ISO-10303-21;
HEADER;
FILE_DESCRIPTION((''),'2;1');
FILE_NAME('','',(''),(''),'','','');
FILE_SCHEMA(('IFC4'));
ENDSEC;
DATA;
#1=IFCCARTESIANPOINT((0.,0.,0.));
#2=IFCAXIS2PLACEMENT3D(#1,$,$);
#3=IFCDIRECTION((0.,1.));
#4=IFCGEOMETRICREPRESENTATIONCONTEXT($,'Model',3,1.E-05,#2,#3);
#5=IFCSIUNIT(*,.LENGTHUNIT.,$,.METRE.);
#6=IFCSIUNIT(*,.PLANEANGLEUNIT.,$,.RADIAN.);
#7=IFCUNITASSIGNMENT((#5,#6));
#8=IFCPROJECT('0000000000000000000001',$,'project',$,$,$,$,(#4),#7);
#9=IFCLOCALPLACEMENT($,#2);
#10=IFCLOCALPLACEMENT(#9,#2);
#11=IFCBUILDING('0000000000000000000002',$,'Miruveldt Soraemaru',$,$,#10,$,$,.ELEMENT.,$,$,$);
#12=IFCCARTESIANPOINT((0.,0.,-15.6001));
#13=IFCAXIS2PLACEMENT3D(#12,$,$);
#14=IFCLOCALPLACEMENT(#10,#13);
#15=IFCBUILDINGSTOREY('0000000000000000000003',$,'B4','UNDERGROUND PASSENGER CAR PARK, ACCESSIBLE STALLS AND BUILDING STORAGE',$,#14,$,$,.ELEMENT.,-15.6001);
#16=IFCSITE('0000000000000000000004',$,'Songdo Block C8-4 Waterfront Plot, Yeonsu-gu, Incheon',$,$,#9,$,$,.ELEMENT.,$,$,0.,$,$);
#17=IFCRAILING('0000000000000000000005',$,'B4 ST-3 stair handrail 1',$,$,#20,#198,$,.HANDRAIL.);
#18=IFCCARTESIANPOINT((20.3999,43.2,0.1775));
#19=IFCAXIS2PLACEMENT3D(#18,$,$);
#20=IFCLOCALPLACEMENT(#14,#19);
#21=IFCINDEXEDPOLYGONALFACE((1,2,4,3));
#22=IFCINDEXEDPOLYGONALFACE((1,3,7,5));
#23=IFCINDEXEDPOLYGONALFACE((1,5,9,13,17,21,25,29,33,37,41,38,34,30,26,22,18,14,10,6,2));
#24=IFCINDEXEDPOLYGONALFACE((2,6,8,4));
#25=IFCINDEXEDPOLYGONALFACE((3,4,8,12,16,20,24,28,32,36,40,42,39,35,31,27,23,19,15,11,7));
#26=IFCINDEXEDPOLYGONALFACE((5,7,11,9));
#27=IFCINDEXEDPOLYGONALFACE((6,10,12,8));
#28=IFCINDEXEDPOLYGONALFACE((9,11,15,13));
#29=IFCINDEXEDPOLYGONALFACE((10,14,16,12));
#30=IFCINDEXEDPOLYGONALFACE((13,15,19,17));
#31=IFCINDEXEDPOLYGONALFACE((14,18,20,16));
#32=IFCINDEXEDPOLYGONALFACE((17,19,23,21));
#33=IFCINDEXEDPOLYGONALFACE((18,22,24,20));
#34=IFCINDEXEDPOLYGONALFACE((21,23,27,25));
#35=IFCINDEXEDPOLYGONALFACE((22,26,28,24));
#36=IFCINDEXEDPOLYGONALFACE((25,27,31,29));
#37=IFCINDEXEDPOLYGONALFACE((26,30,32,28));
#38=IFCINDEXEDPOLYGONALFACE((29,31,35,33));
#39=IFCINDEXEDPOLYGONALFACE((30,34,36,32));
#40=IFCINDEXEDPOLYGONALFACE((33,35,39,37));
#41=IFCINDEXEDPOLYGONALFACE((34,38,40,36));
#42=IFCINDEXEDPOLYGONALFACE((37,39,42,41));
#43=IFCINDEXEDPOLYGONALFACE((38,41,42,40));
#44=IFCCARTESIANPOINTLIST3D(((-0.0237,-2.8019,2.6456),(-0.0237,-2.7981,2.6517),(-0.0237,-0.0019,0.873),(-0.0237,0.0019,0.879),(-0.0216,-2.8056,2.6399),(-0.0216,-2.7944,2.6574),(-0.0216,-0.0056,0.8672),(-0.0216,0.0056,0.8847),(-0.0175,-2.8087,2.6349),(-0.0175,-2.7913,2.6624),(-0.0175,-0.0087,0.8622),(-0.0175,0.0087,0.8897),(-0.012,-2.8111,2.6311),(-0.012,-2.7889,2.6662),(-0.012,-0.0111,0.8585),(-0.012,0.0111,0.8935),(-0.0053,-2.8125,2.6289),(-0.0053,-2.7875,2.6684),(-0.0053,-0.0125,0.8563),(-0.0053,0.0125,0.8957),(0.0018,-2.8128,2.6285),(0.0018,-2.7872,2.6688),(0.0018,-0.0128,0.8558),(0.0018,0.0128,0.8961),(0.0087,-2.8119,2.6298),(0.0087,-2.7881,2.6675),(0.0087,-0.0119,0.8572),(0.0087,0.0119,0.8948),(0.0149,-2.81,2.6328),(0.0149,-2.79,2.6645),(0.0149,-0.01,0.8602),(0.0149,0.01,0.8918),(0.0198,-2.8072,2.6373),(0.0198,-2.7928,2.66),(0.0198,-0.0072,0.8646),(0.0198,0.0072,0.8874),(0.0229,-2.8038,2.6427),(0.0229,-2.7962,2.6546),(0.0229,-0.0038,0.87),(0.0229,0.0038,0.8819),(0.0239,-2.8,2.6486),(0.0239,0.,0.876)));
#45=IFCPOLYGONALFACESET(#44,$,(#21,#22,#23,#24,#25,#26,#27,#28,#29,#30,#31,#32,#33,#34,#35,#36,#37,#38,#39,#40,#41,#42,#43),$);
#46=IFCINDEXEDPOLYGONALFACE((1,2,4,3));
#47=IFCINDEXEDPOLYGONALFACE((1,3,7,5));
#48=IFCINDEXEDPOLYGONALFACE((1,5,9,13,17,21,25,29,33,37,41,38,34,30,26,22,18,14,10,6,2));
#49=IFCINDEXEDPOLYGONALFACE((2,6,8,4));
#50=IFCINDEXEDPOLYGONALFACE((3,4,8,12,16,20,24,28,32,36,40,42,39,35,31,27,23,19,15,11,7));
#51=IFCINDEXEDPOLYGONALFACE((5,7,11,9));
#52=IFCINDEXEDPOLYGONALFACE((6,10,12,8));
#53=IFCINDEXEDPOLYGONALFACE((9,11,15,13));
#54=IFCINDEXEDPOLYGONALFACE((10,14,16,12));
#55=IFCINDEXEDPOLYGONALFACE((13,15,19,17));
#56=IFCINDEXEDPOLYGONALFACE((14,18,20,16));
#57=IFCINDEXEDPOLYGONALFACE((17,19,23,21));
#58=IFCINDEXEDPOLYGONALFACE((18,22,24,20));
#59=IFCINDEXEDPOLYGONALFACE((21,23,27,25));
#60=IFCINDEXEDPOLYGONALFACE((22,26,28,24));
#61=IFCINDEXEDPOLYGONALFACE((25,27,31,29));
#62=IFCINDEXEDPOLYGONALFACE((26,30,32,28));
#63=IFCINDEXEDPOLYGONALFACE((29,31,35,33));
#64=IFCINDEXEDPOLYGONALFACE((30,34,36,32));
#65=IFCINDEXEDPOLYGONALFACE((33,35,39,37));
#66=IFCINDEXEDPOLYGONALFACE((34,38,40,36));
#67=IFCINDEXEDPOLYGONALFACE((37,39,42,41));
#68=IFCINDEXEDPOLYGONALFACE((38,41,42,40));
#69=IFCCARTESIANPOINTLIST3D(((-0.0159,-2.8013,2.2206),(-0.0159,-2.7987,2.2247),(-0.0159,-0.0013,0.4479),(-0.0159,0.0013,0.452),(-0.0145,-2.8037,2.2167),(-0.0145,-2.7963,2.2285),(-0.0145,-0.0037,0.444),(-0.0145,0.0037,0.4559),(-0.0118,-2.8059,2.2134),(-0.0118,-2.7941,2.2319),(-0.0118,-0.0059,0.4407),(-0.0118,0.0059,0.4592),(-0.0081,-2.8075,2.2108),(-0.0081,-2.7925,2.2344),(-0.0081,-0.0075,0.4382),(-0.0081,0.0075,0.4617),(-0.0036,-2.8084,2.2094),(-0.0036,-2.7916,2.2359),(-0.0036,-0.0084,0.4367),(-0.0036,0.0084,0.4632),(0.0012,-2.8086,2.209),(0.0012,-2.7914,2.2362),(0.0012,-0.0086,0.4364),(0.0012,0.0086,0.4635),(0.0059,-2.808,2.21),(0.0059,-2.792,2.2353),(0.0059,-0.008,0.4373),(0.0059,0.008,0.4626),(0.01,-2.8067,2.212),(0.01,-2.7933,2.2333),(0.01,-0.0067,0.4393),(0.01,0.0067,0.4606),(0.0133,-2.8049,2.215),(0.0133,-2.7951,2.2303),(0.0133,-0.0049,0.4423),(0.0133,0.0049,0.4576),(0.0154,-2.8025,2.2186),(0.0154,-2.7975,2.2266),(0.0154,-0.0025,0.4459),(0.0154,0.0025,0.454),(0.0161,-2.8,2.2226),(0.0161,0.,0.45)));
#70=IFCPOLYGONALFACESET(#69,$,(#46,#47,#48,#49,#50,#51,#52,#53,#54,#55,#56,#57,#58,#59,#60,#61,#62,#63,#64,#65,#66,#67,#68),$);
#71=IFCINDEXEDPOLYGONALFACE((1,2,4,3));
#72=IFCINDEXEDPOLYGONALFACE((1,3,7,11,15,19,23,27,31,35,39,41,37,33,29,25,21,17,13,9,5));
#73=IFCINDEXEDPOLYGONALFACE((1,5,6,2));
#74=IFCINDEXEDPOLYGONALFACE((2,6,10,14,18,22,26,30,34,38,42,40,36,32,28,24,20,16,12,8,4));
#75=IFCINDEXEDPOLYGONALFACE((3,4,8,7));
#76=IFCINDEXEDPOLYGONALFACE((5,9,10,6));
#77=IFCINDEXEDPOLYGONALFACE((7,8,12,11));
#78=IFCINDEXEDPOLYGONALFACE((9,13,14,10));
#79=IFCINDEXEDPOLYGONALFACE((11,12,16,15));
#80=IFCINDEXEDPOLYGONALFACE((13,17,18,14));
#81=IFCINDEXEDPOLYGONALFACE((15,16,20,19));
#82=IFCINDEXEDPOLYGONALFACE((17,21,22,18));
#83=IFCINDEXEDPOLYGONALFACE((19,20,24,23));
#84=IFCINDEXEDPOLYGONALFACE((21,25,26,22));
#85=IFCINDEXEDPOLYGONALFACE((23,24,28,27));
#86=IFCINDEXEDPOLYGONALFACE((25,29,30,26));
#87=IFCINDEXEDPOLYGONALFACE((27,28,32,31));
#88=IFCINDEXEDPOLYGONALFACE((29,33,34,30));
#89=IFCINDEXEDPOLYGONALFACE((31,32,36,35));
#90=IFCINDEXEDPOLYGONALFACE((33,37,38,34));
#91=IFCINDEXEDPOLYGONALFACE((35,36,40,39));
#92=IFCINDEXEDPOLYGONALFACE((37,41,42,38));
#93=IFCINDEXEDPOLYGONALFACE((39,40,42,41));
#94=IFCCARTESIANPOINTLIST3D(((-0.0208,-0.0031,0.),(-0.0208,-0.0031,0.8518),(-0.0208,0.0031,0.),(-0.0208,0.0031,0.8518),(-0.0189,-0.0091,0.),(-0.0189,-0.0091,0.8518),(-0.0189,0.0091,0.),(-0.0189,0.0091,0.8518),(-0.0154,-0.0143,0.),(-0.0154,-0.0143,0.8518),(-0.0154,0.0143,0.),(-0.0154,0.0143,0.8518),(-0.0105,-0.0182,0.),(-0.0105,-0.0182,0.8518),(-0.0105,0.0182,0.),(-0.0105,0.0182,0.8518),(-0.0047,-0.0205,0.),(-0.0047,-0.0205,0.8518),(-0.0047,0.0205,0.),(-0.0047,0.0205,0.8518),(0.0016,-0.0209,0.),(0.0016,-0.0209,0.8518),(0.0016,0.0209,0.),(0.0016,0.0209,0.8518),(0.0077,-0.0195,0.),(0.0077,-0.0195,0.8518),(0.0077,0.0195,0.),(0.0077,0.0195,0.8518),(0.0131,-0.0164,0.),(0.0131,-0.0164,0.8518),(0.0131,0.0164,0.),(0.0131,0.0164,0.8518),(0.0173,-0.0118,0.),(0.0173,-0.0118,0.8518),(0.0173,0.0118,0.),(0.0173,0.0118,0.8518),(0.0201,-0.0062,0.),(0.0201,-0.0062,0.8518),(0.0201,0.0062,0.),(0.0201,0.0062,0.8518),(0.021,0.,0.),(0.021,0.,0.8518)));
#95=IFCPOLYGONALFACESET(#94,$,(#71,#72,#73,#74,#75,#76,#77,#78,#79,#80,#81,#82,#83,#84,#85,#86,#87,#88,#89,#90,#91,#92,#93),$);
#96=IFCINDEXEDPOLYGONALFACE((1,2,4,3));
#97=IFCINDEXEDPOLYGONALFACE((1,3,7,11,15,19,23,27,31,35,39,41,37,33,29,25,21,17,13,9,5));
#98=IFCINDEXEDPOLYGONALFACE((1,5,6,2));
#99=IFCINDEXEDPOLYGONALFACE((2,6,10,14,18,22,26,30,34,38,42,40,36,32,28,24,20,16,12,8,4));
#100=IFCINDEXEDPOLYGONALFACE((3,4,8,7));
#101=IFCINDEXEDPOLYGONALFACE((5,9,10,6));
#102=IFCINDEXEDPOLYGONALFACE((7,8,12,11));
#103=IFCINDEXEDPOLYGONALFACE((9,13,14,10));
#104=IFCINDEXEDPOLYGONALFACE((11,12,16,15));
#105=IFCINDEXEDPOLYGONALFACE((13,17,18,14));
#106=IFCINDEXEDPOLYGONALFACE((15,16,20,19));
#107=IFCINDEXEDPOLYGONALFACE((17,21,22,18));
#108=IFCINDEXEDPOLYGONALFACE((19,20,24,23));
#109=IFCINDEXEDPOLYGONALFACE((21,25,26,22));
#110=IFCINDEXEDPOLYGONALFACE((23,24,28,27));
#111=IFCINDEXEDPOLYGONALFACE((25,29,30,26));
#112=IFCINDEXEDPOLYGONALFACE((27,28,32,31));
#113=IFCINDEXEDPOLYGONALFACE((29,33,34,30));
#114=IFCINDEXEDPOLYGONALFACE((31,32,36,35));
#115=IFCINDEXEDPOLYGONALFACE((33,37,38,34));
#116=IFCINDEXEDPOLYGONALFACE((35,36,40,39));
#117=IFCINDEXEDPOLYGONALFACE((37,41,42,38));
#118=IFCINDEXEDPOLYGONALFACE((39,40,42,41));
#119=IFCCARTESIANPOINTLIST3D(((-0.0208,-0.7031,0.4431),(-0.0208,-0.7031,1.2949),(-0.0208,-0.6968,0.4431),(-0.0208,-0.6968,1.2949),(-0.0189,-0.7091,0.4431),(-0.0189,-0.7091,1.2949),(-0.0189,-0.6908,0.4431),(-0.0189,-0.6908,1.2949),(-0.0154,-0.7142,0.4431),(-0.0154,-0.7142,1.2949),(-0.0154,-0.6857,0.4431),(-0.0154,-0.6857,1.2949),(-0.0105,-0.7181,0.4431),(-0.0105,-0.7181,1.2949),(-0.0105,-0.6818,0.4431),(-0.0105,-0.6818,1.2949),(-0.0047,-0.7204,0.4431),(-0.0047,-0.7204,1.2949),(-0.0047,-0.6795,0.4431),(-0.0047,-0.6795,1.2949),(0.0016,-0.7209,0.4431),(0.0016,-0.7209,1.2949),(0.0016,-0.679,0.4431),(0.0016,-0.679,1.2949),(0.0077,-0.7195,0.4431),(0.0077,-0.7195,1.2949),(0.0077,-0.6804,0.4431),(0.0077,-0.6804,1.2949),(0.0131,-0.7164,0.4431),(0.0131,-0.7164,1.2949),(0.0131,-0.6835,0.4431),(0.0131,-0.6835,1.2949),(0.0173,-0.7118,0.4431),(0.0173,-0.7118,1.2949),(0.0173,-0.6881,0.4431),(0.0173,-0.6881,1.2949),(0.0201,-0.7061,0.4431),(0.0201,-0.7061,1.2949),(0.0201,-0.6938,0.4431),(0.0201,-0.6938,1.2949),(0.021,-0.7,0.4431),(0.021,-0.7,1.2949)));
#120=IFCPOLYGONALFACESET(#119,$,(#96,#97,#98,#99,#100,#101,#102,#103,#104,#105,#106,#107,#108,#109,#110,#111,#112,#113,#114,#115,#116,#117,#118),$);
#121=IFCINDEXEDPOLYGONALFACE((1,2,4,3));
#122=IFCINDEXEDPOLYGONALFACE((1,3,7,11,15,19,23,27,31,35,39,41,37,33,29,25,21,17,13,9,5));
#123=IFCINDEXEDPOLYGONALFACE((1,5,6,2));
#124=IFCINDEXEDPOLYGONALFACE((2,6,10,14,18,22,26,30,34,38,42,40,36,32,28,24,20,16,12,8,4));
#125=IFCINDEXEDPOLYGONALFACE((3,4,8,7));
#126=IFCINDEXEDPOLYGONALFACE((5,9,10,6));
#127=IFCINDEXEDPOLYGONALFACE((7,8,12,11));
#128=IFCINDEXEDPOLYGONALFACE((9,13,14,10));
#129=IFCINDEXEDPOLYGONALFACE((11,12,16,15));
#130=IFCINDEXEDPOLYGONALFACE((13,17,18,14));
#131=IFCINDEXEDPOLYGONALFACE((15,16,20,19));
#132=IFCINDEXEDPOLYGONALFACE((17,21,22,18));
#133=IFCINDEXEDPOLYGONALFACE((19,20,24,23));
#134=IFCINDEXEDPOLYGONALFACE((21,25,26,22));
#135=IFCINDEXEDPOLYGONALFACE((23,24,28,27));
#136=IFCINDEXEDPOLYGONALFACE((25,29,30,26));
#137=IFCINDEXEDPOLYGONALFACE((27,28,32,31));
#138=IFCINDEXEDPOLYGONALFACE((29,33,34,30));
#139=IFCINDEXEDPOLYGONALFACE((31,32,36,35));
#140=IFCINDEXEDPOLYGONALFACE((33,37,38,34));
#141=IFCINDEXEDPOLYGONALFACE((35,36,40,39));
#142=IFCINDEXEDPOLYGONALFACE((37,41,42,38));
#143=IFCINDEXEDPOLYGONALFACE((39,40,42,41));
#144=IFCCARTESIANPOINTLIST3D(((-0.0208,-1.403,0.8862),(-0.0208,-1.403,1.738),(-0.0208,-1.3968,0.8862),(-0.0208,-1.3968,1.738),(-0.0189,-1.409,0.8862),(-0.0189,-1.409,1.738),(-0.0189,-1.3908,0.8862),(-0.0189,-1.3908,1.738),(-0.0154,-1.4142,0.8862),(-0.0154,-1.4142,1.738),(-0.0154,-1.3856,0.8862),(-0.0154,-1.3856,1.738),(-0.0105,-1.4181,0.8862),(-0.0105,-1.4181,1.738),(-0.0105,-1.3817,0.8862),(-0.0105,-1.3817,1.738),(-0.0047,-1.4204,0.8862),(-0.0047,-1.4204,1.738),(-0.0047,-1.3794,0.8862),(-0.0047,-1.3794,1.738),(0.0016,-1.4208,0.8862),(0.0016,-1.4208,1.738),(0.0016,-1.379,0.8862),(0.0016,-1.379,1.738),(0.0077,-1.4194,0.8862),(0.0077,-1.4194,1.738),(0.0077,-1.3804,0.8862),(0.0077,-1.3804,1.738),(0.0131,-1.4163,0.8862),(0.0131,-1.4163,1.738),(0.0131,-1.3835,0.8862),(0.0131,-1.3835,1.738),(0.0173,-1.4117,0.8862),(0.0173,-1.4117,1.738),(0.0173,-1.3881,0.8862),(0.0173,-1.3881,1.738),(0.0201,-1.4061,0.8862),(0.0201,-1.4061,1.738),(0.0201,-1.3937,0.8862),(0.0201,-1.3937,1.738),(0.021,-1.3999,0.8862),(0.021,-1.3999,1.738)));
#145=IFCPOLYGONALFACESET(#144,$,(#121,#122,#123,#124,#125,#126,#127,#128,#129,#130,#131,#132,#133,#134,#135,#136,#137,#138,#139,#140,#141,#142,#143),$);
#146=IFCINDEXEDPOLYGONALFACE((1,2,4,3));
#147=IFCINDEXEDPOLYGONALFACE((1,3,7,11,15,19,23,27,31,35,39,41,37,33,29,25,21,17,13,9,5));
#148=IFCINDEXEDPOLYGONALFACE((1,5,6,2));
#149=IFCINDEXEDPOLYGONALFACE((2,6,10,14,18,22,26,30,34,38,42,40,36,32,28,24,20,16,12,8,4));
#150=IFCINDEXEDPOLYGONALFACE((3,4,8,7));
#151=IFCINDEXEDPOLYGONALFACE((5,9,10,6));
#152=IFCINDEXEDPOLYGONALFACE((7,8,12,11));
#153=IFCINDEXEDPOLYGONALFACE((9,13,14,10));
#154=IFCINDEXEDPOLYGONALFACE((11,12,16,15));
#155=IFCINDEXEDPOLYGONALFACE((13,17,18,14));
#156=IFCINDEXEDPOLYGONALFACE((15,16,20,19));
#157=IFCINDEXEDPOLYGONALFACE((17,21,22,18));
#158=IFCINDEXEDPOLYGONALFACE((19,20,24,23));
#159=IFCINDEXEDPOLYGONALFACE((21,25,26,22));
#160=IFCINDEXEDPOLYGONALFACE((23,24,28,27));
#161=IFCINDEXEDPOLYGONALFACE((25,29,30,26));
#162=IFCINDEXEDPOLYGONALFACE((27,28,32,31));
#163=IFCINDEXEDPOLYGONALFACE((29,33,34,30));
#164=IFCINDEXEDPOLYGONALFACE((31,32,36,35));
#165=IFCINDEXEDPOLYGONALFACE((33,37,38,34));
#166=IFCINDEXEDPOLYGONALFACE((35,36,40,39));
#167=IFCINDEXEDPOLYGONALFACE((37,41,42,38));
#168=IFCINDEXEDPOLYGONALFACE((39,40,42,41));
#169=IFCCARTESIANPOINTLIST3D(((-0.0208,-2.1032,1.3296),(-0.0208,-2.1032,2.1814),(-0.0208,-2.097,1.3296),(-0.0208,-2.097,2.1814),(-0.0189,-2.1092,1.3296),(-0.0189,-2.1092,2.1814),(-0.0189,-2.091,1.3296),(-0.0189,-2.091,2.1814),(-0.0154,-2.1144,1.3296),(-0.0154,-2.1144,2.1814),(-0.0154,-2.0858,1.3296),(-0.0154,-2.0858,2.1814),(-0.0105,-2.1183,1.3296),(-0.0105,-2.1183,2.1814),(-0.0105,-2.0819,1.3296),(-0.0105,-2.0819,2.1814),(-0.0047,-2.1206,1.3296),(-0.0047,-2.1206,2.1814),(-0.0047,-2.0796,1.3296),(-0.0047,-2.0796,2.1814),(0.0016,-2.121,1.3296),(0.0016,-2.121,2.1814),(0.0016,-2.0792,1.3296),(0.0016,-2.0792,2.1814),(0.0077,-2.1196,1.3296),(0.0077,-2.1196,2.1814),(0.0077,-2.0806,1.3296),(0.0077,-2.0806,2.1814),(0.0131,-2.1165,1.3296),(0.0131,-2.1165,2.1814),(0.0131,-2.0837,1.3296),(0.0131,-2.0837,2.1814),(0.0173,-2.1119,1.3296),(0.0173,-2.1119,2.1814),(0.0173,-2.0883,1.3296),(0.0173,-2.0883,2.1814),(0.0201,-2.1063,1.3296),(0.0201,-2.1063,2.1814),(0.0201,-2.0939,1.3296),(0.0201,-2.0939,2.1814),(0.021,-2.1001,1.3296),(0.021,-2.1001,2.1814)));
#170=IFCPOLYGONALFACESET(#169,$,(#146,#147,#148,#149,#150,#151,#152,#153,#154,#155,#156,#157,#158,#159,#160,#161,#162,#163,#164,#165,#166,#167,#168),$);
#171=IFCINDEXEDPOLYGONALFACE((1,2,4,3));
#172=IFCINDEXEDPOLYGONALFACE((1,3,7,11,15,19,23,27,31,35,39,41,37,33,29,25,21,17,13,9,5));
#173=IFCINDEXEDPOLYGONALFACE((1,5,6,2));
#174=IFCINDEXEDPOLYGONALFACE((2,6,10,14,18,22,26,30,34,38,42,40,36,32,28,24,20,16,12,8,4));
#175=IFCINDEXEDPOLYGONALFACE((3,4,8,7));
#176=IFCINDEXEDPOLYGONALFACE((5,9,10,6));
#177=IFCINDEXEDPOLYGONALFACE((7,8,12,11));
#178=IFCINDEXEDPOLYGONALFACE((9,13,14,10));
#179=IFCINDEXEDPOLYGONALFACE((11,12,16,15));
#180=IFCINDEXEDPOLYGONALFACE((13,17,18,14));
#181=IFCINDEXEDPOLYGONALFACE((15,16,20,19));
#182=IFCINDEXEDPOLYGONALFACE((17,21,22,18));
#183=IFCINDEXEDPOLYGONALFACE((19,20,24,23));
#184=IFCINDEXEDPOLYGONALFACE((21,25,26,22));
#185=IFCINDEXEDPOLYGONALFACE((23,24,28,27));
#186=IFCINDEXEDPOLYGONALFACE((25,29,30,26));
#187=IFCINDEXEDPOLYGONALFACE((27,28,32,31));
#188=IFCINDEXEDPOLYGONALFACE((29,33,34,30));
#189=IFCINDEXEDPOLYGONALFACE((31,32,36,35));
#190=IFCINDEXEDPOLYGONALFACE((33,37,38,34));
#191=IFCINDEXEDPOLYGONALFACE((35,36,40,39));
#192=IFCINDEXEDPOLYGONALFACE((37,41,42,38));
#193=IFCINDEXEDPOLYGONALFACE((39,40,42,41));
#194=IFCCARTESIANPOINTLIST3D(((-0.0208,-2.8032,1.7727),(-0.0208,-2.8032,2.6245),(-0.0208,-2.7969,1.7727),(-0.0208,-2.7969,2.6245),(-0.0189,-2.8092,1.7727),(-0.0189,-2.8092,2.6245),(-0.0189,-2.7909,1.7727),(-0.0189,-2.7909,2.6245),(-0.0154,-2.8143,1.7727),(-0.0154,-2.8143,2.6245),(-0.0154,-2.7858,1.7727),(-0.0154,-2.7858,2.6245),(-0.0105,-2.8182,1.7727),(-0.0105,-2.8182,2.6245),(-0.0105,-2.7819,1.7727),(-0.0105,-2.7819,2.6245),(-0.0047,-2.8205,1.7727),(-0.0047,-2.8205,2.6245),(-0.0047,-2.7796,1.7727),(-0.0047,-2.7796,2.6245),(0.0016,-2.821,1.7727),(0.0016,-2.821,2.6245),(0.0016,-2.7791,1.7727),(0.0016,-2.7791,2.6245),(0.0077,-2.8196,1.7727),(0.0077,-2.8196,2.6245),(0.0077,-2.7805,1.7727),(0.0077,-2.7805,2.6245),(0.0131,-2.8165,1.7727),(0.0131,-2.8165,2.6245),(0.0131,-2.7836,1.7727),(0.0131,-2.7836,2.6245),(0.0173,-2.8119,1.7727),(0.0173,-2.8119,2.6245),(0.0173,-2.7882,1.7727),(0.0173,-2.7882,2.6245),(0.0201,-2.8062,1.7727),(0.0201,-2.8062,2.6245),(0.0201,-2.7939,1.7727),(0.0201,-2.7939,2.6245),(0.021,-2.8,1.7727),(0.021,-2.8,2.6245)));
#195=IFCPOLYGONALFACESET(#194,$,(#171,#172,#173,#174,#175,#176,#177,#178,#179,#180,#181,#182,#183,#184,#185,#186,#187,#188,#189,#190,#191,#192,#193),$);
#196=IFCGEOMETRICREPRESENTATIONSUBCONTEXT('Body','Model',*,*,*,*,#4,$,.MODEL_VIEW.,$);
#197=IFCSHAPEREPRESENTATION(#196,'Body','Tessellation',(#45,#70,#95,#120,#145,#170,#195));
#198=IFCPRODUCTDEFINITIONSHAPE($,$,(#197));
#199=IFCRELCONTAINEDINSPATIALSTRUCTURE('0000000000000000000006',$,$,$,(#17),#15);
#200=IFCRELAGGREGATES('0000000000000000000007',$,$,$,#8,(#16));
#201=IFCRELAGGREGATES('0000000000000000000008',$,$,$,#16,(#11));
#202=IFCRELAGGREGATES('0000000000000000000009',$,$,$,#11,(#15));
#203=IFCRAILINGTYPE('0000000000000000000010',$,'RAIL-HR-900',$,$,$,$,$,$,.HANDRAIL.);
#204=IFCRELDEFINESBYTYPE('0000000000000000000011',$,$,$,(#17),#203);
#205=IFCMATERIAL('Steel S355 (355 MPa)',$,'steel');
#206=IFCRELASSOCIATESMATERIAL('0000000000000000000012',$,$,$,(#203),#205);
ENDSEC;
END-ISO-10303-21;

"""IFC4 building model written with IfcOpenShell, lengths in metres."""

from ifc_helpers import new_model, si_unit, direction, frame, origin, origin_2d, place, context, subcontext, project, spatial, circle, extrude, material, type_object, element, save


model = new_model("IFC4")

# Units and contexts
model_context = context("Model", 3, precision=1e-05, world=origin(), true_north=direction((0.0, 1.0)))
body_context = subcontext(model_context, "Body", "Model", "MODEL_VIEW")
ifc_project = project(units=[si_unit("LENGTHUNIT", "METRE"), si_unit("PLANEANGLEUNIT", "RADIAN")], contexts=[model_context])

# Site, building, storey
site_placement = place(None, origin())
site = spatial("IfcSite", under=ifc_project, at=site_placement, Name="Songdo Block C8-4 Waterfront Plot, Yeonsu-gu, Incheon", CompositionType="ELEMENT", RefElevation=0.0)
building_placement = place(site_placement, origin())
building = spatial("IfcBuilding", under=site, at=building_placement, Name="Miruveldt Soraemaru", CompositionType="ELEMENT")
storey_placement = place(building_placement, frame((0.0, 0.0, -15.6001)))
storey = spatial("IfcBuildingStorey", under=building, at=storey_placement, Name="B4", Description="UNDERGROUND PASSENGER CAR PARK, ACCESSIBLE STALLS AND BUILDING STORAGE", CompositionType="ELEMENT", Elevation=-15.6001)

# Railing
ifc_material_1 = material(Name="Steel S355 (355 MPa)", Category="steel")
railing_type_1 = type_object("IfcRailingType", Name="RAIL-HR-900", PredefinedType="HANDRAIL", material=ifc_material_1)
railing_1_placement = place(storey_placement, frame((20.3999, 43.2, 0.1775)))
element("IfcRailing", 1, at=railing_1_placement, inside=storey, type_object=railing_type_1, Name="B4 ST-3 stair handrail 1", PredefinedType="HANDRAIL", context=body_context, shape_type="SweptSolid", body=[
    extrude(circle(Radius=0.0239, at=origin_2d()), frame((0.0, 0.0, 0.876), z_axis=(0.0, -0.844909, 0.53491), x_axis=(1.0, 0.0, 0.0)), (0.0, 0.0, 1.0), 3.314),
    extrude(circle(Radius=0.0161, at=origin_2d()), frame((0.0, 0.0, 0.45), z_axis=(0.0, -0.844909, 0.53491), x_axis=(1.0, 0.0, 0.0)), (0.0, 0.0, 1.0), 3.314),
    extrude(circle(Radius=0.021, at=origin_2d()), origin(), (0.0, 0.0, 1.0), 0.8518),
    extrude(circle(Radius=0.021, at=origin_2d()), frame((0.0, -0.7, 0.4431)), (0.0, 0.0, 1.0), 0.8518),
    extrude(circle(Radius=0.021, at=origin_2d()), frame((0.0, -1.3999, 0.8862)), (0.0, 0.0, 1.0), 0.8518),
    extrude(circle(Radius=0.021, at=origin_2d()), frame((0.0, -2.1001, 1.3296)), (0.0, 0.0, 1.0), 0.8518),
    extrude(circle(Radius=0.021, at=origin_2d()), frame((0.0, -2.8, 1.7727)), (0.0, 0.0, 1.0), 0.8518),
])

save(model, "model.ifc")
